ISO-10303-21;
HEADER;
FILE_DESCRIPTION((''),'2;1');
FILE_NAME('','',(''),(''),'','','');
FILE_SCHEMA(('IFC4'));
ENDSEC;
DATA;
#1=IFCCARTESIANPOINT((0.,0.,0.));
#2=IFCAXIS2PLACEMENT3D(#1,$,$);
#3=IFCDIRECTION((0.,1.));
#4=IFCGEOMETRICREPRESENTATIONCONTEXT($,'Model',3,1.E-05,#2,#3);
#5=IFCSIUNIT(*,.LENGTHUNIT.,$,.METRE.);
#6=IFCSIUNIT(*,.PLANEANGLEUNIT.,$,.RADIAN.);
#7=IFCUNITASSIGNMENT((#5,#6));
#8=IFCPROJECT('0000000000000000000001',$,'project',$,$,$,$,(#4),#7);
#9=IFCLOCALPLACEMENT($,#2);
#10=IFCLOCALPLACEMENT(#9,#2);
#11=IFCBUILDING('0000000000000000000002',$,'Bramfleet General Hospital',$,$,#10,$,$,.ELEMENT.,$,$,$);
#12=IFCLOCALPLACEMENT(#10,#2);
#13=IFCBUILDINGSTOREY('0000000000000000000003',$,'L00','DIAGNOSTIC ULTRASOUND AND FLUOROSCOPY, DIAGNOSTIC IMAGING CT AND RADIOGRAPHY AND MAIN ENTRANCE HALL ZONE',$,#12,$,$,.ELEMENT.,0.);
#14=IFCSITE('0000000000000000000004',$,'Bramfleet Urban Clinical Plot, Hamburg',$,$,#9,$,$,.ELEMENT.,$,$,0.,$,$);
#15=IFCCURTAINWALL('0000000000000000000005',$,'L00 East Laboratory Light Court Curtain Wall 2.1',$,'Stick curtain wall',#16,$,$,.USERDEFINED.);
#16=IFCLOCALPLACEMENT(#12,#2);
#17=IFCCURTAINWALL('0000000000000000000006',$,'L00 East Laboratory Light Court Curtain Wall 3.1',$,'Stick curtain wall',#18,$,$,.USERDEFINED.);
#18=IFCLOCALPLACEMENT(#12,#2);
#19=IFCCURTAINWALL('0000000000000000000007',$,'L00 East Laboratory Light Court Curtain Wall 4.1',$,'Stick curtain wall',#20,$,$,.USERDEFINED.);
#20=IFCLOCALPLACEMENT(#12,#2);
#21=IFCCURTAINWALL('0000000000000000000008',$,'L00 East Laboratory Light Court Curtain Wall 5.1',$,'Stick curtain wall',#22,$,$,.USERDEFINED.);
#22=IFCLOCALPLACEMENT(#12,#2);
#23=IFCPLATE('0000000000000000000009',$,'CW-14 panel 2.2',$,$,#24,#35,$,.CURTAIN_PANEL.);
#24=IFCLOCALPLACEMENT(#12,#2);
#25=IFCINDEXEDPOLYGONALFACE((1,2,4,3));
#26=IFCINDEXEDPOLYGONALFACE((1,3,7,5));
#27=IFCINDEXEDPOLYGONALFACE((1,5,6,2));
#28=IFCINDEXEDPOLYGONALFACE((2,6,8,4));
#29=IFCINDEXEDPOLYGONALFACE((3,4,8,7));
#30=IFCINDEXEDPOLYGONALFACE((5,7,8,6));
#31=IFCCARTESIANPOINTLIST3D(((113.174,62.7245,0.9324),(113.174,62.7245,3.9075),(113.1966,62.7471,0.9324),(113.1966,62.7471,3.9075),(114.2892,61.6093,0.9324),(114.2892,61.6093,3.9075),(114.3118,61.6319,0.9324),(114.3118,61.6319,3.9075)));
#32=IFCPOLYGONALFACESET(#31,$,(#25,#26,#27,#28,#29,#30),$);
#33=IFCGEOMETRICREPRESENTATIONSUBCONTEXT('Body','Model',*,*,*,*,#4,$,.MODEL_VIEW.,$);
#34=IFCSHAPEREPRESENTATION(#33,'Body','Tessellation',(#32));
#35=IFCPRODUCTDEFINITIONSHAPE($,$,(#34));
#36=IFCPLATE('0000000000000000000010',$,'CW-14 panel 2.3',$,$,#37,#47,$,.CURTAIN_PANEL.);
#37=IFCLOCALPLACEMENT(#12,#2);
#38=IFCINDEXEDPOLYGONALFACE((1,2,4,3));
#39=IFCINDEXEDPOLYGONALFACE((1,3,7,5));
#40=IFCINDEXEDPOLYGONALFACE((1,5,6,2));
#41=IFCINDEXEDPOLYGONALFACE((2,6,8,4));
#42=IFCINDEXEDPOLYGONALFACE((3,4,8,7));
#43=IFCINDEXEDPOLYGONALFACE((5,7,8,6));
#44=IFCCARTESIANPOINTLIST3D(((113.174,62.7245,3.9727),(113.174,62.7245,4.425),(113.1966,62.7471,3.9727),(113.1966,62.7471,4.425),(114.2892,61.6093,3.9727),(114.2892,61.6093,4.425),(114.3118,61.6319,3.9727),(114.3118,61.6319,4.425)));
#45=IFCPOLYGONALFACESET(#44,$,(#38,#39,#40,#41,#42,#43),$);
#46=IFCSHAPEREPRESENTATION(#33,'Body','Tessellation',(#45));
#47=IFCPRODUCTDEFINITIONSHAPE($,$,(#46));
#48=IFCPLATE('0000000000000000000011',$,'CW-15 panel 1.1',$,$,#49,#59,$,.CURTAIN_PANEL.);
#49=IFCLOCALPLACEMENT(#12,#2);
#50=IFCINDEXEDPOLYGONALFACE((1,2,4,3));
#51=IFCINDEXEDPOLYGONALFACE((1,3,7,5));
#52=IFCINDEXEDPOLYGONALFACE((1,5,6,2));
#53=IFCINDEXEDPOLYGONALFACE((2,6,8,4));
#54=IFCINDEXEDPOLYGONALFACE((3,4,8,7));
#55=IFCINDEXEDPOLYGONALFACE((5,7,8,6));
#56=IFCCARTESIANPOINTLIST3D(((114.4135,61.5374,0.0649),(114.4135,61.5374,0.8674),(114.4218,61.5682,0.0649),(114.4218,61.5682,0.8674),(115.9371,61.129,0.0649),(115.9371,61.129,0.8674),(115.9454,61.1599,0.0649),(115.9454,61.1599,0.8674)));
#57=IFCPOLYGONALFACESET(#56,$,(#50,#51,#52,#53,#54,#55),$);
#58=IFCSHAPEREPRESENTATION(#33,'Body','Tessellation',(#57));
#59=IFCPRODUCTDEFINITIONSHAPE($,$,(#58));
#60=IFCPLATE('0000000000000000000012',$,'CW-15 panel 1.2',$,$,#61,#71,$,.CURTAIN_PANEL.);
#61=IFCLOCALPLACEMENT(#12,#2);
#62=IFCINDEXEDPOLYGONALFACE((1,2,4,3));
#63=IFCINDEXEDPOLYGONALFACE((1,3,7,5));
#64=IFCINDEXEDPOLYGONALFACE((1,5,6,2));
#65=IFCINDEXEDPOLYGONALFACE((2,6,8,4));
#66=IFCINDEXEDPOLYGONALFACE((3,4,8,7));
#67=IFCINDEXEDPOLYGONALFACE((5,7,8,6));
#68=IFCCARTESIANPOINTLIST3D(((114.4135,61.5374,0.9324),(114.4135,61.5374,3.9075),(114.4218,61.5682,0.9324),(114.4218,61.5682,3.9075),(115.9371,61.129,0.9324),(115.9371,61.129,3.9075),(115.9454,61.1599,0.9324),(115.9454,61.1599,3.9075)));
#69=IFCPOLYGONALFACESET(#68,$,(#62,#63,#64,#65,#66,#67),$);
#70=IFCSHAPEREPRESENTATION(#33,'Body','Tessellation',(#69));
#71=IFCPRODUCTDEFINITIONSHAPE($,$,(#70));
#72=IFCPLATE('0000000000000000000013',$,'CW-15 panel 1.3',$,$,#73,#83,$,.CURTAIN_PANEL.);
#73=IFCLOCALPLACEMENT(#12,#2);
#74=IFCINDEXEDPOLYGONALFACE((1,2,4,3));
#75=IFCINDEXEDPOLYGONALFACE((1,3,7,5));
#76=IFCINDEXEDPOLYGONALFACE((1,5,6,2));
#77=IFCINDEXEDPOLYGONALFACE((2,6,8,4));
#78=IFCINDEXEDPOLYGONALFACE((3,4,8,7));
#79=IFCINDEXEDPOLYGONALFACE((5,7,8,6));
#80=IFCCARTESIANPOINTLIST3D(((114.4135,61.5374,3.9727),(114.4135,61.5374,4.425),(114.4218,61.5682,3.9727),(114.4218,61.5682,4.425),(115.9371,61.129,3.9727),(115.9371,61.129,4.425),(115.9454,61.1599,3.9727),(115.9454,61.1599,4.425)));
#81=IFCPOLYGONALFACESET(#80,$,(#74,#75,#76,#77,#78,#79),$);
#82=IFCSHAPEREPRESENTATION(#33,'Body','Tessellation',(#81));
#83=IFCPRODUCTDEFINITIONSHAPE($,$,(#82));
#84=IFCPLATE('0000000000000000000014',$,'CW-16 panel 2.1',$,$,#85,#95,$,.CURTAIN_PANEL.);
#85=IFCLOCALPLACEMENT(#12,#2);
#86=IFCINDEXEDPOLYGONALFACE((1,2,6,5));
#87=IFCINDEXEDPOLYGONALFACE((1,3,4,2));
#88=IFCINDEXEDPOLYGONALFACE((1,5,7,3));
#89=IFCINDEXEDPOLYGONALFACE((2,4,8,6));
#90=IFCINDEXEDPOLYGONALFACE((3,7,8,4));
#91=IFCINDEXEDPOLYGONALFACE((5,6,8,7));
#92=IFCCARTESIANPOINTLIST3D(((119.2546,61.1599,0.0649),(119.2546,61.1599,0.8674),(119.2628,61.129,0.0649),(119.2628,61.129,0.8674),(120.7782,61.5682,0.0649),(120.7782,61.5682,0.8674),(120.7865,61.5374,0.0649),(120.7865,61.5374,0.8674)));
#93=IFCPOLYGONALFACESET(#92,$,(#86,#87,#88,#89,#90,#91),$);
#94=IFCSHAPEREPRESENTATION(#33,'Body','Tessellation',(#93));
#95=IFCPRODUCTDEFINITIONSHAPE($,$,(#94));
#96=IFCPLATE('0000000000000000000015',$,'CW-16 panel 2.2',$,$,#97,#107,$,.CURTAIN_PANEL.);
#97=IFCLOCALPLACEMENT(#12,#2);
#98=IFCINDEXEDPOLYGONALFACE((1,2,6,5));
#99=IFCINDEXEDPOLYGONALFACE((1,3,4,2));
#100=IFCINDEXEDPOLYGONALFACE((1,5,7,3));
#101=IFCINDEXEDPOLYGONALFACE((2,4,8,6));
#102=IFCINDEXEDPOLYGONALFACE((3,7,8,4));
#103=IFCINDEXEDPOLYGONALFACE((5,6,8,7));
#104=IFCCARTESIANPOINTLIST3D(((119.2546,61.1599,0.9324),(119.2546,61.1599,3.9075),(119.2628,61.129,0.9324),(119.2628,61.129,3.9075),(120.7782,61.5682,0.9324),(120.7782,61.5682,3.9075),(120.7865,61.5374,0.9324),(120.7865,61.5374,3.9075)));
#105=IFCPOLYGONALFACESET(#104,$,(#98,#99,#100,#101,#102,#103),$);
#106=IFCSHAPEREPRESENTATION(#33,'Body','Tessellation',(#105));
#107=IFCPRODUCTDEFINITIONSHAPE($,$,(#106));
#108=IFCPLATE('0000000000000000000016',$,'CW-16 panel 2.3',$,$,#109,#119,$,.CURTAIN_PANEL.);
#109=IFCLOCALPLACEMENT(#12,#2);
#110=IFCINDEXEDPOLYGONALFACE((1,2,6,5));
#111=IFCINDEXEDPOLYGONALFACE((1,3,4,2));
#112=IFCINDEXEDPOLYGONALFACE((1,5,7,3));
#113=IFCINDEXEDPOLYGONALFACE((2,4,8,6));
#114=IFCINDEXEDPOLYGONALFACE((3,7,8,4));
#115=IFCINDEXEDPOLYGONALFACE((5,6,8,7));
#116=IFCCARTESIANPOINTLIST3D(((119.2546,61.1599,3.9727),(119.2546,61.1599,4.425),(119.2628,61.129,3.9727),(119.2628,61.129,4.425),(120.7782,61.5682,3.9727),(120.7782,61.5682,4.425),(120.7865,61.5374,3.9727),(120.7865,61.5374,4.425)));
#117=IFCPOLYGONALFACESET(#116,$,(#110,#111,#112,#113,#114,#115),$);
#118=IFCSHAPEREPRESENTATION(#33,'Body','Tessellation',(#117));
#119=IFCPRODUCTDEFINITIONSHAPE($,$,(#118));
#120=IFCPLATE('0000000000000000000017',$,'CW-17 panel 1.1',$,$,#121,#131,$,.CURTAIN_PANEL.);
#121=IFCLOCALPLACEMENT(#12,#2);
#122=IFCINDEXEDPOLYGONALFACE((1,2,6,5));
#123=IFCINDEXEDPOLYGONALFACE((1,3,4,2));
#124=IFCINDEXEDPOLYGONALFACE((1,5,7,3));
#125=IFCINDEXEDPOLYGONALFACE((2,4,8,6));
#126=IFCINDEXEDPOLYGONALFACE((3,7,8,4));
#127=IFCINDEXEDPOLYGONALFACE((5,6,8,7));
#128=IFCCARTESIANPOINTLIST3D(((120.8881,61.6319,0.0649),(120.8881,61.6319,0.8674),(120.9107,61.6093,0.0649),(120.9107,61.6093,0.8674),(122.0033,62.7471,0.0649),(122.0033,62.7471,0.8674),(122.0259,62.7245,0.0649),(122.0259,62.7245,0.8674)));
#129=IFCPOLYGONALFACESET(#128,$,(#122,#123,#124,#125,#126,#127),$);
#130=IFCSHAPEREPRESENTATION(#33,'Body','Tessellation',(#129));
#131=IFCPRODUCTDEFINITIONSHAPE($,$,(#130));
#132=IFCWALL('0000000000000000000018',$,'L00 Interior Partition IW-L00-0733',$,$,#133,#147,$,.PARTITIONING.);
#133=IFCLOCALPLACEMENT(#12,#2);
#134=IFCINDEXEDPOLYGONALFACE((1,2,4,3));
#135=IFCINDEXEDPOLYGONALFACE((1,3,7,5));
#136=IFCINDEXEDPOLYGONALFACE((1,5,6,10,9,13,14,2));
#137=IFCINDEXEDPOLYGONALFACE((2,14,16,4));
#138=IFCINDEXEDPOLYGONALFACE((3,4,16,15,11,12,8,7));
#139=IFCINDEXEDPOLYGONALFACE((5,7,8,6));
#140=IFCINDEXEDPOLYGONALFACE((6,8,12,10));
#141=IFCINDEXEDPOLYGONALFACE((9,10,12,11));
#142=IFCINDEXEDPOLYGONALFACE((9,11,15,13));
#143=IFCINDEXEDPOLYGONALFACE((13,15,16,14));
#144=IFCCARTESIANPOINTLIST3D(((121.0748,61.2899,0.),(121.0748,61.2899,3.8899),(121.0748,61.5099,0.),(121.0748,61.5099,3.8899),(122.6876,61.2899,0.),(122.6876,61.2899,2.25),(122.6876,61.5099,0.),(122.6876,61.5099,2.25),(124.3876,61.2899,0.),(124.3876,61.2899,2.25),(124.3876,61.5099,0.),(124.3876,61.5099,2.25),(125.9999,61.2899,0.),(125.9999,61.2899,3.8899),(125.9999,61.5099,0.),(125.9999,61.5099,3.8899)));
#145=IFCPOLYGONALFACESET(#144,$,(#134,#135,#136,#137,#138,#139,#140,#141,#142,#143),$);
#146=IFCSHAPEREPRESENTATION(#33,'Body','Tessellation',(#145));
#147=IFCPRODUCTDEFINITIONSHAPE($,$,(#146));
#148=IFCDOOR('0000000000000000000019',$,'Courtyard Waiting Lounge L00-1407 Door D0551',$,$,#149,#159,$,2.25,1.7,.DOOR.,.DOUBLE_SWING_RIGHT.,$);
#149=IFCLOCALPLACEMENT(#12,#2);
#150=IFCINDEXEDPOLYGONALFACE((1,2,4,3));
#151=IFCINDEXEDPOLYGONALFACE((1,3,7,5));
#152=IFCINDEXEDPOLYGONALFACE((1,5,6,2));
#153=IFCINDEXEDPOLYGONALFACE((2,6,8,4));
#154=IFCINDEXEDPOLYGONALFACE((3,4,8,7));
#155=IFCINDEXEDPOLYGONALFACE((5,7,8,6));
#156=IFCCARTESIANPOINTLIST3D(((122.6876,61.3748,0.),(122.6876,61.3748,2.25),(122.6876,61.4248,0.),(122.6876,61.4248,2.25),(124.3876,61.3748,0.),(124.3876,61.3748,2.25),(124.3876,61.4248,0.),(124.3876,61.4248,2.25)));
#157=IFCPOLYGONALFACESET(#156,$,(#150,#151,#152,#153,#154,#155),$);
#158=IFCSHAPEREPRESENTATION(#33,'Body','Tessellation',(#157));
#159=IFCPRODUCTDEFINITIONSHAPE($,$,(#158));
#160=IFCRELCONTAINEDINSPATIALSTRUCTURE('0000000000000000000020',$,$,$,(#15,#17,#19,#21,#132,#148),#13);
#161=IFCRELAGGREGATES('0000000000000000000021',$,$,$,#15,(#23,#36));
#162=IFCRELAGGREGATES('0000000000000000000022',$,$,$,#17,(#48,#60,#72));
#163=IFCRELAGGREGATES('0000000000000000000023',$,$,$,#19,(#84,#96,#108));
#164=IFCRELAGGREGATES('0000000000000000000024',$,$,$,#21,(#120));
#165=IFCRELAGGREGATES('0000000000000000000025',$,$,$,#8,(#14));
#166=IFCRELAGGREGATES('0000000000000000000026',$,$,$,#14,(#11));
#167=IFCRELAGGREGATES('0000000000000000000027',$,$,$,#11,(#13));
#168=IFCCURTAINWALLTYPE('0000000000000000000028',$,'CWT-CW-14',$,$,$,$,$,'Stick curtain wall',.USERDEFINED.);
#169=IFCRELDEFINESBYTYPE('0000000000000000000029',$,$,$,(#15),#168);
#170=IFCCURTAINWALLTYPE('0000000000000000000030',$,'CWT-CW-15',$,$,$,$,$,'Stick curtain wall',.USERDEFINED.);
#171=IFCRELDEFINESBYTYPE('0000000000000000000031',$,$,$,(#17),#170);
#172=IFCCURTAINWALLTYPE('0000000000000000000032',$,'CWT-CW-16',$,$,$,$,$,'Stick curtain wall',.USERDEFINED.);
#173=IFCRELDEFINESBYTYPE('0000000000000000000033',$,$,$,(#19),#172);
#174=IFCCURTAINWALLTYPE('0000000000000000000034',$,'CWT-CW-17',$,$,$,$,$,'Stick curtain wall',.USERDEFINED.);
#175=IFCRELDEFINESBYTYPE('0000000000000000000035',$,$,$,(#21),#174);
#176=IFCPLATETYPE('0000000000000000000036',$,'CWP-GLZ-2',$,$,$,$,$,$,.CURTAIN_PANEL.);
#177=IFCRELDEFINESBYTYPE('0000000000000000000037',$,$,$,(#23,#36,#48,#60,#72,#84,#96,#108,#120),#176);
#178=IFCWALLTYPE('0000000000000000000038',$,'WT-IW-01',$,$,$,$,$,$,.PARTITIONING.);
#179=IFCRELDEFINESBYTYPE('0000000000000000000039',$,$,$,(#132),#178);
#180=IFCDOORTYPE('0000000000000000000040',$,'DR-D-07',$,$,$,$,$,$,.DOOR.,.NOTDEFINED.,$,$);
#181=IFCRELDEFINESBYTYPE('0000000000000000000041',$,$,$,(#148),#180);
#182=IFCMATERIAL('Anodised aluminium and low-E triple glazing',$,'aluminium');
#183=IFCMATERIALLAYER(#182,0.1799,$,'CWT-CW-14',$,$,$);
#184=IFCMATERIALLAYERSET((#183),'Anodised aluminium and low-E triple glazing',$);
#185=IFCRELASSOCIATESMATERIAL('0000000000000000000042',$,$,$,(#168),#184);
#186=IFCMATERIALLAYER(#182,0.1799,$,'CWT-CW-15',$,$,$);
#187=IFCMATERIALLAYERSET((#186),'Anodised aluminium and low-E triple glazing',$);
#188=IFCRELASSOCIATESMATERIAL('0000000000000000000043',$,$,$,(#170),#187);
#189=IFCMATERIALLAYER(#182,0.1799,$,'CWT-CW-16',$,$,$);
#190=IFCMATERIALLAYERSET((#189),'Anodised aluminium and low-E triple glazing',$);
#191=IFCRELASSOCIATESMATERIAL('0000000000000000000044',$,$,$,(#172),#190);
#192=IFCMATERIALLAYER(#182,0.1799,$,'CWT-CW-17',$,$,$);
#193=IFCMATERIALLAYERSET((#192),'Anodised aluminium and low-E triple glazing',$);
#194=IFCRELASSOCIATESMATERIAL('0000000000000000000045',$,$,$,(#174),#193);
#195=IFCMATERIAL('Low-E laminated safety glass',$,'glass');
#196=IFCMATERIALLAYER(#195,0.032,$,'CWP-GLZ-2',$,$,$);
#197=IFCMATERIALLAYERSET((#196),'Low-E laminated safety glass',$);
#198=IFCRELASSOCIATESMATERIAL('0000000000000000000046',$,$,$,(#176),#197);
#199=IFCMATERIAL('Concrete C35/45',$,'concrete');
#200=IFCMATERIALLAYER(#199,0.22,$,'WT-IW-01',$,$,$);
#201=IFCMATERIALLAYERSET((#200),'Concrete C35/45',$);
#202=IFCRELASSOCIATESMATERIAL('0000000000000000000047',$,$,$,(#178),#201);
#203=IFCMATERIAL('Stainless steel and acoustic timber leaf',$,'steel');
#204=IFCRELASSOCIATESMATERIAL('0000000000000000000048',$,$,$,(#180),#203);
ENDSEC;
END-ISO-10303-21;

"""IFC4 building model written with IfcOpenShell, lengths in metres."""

from ifc_helpers import new_model, si_unit, direction, frame, frame_2d, origin, origin_2d, place, context, subcontext, project, spatial, rectangle, extrude, material, layer, layer_set, type_object, element, fill, aggregate, save


model = new_model("IFC4")

# Units and contexts
model_context = context("Model", 3, precision=1e-05, world=origin(), true_north=direction((0.0, 1.0)))
body_context = subcontext(model_context, "Body", "Model", "MODEL_VIEW")
ifc_project = project(units=[si_unit("LENGTHUNIT", "METRE"), si_unit("PLANEANGLEUNIT", "RADIAN")], contexts=[model_context])

# Site, building, storey
site_placement = place(None, origin())
site = spatial("IfcSite", under=ifc_project, at=site_placement, Name="Bramfleet Urban Clinical Plot, Hamburg", CompositionType="ELEMENT", RefElevation=0.0)
building_placement = place(site_placement, origin())
building = spatial("IfcBuilding", under=site, at=building_placement, Name="Bramfleet General Hospital", CompositionType="ELEMENT")
storey_placement = place(building_placement, origin())
storey = spatial("IfcBuildingStorey", under=building, at=storey_placement, Name="L00", Description="DIAGNOSTIC ULTRASOUND AND FLUOROSCOPY, DIAGNOSTIC IMAGING CT AND RADIOGRAPHY AND MAIN ENTRANCE HALL ZONE", CompositionType="ELEMENT", Elevation=0.0)

# Curtain wall
ifc_material_1 = material(Name="Anodised aluminium and low-E triple glazing", Category="aluminium")
ifc_layer_1 = layer(ifc_material_1, 0.1799, Name="CWT-CW-14")
ifc_layer_set_1 = layer_set([ifc_layer_1], Name="Anodised aluminium and low-E triple glazing")
curtain_wall_type_1 = type_object("IfcCurtainWallType", Name="CWT-CW-14", ElementType="Stick curtain wall", PredefinedType="USERDEFINED", material=ifc_layer_set_1)
curtain_wall_1_placement = place(storey_placement, origin())
curtain_wall_1 = element("IfcCurtainWall", 1, at=curtain_wall_1_placement, inside=storey, type_object=curtain_wall_type_1, Name="L00 East Laboratory Light Court Curtain Wall 2.1", ObjectType="Stick curtain wall", PredefinedType="USERDEFINED")

# Curtain walls
ifc_layer_2 = layer(ifc_material_1, 0.1799, Name="CWT-CW-15")
ifc_layer_set_2 = layer_set([ifc_layer_2], Name="Anodised aluminium and low-E triple glazing")
curtain_wall_type_2 = type_object("IfcCurtainWallType", Name="CWT-CW-15", ElementType="Stick curtain wall", PredefinedType="USERDEFINED", material=ifc_layer_set_2)
curtain_wall_2_placement = place(storey_placement, origin())
curtain_wall_2 = element("IfcCurtainWall", 2, at=curtain_wall_2_placement, inside=storey, type_object=curtain_wall_type_2, Name="L00 East Laboratory Light Court Curtain Wall 3.1", ObjectType="Stick curtain wall", PredefinedType="USERDEFINED")
ifc_layer_3 = layer(ifc_material_1, 0.1799, Name="CWT-CW-16")
ifc_layer_set_3 = layer_set([ifc_layer_3], Name="Anodised aluminium and low-E triple glazing")
curtain_wall_type_3 = type_object("IfcCurtainWallType", Name="CWT-CW-16", ElementType="Stick curtain wall", PredefinedType="USERDEFINED", material=ifc_layer_set_3)
curtain_wall_3_placement = place(storey_placement, origin())
curtain_wall_3 = element("IfcCurtainWall", 3, at=curtain_wall_3_placement, inside=storey, type_object=curtain_wall_type_3, Name="L00 East Laboratory Light Court Curtain Wall 4.1", ObjectType="Stick curtain wall", PredefinedType="USERDEFINED")
ifc_layer_4 = layer(ifc_material_1, 0.1799, Name="CWT-CW-17")
ifc_layer_set_4 = layer_set([ifc_layer_4], Name="Anodised aluminium and low-E triple glazing")
curtain_wall_type_4 = type_object("IfcCurtainWallType", Name="CWT-CW-17", ElementType="Stick curtain wall", PredefinedType="USERDEFINED", material=ifc_layer_set_4)
curtain_wall_4_placement = place(storey_placement, origin())
curtain_wall_4 = element("IfcCurtainWall", 4, at=curtain_wall_4_placement, inside=storey, type_object=curtain_wall_type_4, Name="L00 East Laboratory Light Court Curtain Wall 5.1", ObjectType="Stick curtain wall", PredefinedType="USERDEFINED")

# Plates
ifc_material_2 = material(Name="Low-E laminated safety glass", Category="glass")
ifc_layer_5 = layer(ifc_material_2, 0.032, Name="CWP-GLZ-2")
ifc_layer_set_5 = layer_set([ifc_layer_5], Name="Low-E laminated safety glass")
plate_type = type_object("IfcPlateType", Name="CWP-GLZ-2", PredefinedType="CURTAIN_PANEL", material=ifc_layer_set_5)
plate_1_placement = place(storey_placement, frame((113.7429, 62.1782, 0.9324), z_axis=(0.0, 0.0, 1.0), x_axis=(0.707107, -0.707107, 0.0)))
plate_1 = element("IfcPlate", 5, at=plate_1_placement, type_object=plate_type, Name="CW-14 panel 2.2", PredefinedType="CURTAIN_PANEL", context=body_context, shape_type="SweptSolid", body=[
    extrude(rectangle(XDim=1.5771, YDim=0.032, at=origin_2d()), origin(), (0.0, 0.0, 1.0), 2.9751),
])
plate_2_placement = place(storey_placement, frame((113.7429, 62.1782, 3.9727), z_axis=(0.0, 0.0, 1.0), x_axis=(0.707107, -0.707107, 0.0)))
plate_2 = element("IfcPlate", 6, at=plate_2_placement, type_object=plate_type, Name="CW-14 panel 2.3", PredefinedType="CURTAIN_PANEL", context=body_context, shape_type="SweptSolid", body=[
    extrude(rectangle(XDim=1.5771, YDim=0.032, at=origin_2d()), origin(), (0.0, 0.0, 1.0), 0.4524),
])
aggregate(curtain_wall_1, [plate_1, plate_2])
plate_3_placement = place(storey_placement, frame((115.1794, 61.3486, 0.0649), z_axis=(0.0, 0.0, 1.0), x_axis=(0.965914, -0.258865, 0.0)))
plate_3 = element("IfcPlate", 7, at=plate_3_placement, type_object=plate_type, Name="CW-15 panel 1.1", PredefinedType="CURTAIN_PANEL", context=body_context, shape_type="SweptSolid", body=[
    extrude(rectangle(XDim=1.5774, YDim=0.032, at=origin_2d()), origin(), (0.0, 0.0, 1.0), 0.8025),
])
plate_4_placement = place(storey_placement, frame((115.1794, 61.3486, 0.9324), z_axis=(0.0, 0.0, 1.0), x_axis=(0.965914, -0.258865, 0.0)))
plate_4 = element("IfcPlate", 8, at=plate_4_placement, type_object=plate_type, Name="CW-15 panel 1.2", PredefinedType="CURTAIN_PANEL", context=body_context, shape_type="SweptSolid", body=[
    extrude(rectangle(XDim=1.5774, YDim=0.032, at=origin_2d()), origin(), (0.0, 0.0, 1.0), 2.9751),
])
plate_5_placement = place(storey_placement, frame((115.1794, 61.3486, 3.9727), z_axis=(0.0, 0.0, 1.0), x_axis=(0.965914, -0.258865, 0.0)))
plate_5 = element("IfcPlate", 9, at=plate_5_placement, type_object=plate_type, Name="CW-15 panel 1.3", PredefinedType="CURTAIN_PANEL", context=body_context, shape_type="SweptSolid", body=[
    extrude(rectangle(XDim=1.5774, YDim=0.032, at=origin_2d()), origin(), (0.0, 0.0, 1.0), 0.4524),
])
aggregate(curtain_wall_2, [plate_3, plate_4, plate_5])
plate_6_placement = place(storey_placement, frame((120.0205, 61.3486, 0.0649), z_axis=(0.0, 0.0, 1.0), x_axis=(0.965914, 0.258865, 0.0)))
plate_6 = element("IfcPlate", 10, at=plate_6_placement, type_object=plate_type, Name="CW-16 panel 2.1", PredefinedType="CURTAIN_PANEL", context=body_context, shape_type="SweptSolid", body=[
    extrude(rectangle(XDim=1.5774, YDim=0.032, at=origin_2d()), origin(), (0.0, 0.0, 1.0), 0.8025),
])
plate_7_placement = place(storey_placement, frame((120.0205, 61.3486, 0.9324), z_axis=(0.0, 0.0, 1.0), x_axis=(0.965914, 0.258865, 0.0)))
plate_7 = element("IfcPlate", 11, at=plate_7_placement, type_object=plate_type, Name="CW-16 panel 2.2", PredefinedType="CURTAIN_PANEL", context=body_context, shape_type="SweptSolid", body=[
    extrude(rectangle(XDim=1.5774, YDim=0.032, at=origin_2d()), origin(), (0.0, 0.0, 1.0), 2.9751),
])
plate_8_placement = place(storey_placement, frame((120.0205, 61.3486, 3.9727), z_axis=(0.0, 0.0, 1.0), x_axis=(0.965914, 0.258865, 0.0)))
plate_8 = element("IfcPlate", 12, at=plate_8_placement, type_object=plate_type, Name="CW-16 panel 2.3", PredefinedType="CURTAIN_PANEL", context=body_context, shape_type="SweptSolid", body=[
    extrude(rectangle(XDim=1.5774, YDim=0.032, at=origin_2d()), origin(), (0.0, 0.0, 1.0), 0.4524),
])
aggregate(curtain_wall_3, [plate_6, plate_7, plate_8])
plate_9_placement = place(storey_placement, frame((121.457, 62.1782, 0.0649), z_axis=(0.0, 0.0, 1.0), x_axis=(0.707107, 0.707107, 0.0)))
plate_9 = element("IfcPlate", 13, at=plate_9_placement, type_object=plate_type, Name="CW-17 panel 1.1", PredefinedType="CURTAIN_PANEL", context=body_context, shape_type="SweptSolid", body=[
    extrude(rectangle(XDim=1.5771, YDim=0.032, at=origin_2d()), origin(), (0.0, 0.0, 1.0), 0.8025),
])
aggregate(curtain_wall_4, [plate_9])

# Wall, opening, door
ifc_material_3 = material(Name="Concrete C35/45", Category="concrete")
ifc_layer_6 = layer(ifc_material_3, 0.22, Name="WT-IW-01")
ifc_layer_set_6 = layer_set([ifc_layer_6], Name="Concrete C35/45")
wall_type = type_object("IfcWallType", Name="WT-IW-01", PredefinedType="PARTITIONING", material=ifc_layer_set_6)
wall_placement = place(storey_placement, frame((121.075, 61.3999, 0.0), z_axis=(0.0, 0.0, 1.0), x_axis=(1.0, 0.0, 0.0)))
wall = element("IfcWall", 14, at=wall_placement, inside=storey, type_object=wall_type, Name="L00 Interior Partition IW-L00-0733", PredefinedType="PARTITIONING", context=body_context, shape_type="SweptSolid", body=[
    extrude(rectangle(XDim=4.925, YDim=0.22, at=frame_2d((2.4624, 0.0))), origin(), (0.0, 0.0, 1.0), 3.8899),
])
opening_placement = place(wall_placement, frame((1.6125, 0.0, 0.0)))
opening = element("IfcOpeningElement", 15, at=opening_placement, cuts=wall, PredefinedType="OPENING", context=body_context, shape_type="SweptSolid", body=[
    extrude(rectangle(XDim=1.7, YDim=2.25, at=frame_2d((0.8501, 1.125))), frame((0.0, 0.1199, 0.0), z_axis=(0.0, -1.0, 0.0), x_axis=(1.0, 0.0, 0.0)), (0.0, 0.0, 1.0), 0.24),
])
ifc_material_4 = material(Name="Stainless steel and acoustic timber leaf", Category="steel")
door_type = type_object("IfcDoorType", Name="DR-D-07", OperationType="NOTDEFINED", PredefinedType="DOOR", material=ifc_material_4)
door_placement = place(opening_placement, origin())
door = element("IfcDoor", 16, at=door_placement, inside=storey, type_object=door_type, Name="Courtyard Waiting Lounge L00-1407 Door D0551", OperationType="DOUBLE_SWING_RIGHT", OverallHeight=2.25, OverallWidth=1.7, PredefinedType="DOOR", context=body_context, shape_type="SweptSolid", body=[
    extrude(rectangle(XDim=1.7, YDim=2.25, at=frame_2d((0.8501, 1.125))), frame((0.0, 0.0249, 0.0), z_axis=(0.0, -1.0, 0.0), x_axis=(1.0, 0.0, 0.0)), (0.0, 0.0, 1.0), 0.05),
])
fill(opening, door)

save(model, "model.ifc")
